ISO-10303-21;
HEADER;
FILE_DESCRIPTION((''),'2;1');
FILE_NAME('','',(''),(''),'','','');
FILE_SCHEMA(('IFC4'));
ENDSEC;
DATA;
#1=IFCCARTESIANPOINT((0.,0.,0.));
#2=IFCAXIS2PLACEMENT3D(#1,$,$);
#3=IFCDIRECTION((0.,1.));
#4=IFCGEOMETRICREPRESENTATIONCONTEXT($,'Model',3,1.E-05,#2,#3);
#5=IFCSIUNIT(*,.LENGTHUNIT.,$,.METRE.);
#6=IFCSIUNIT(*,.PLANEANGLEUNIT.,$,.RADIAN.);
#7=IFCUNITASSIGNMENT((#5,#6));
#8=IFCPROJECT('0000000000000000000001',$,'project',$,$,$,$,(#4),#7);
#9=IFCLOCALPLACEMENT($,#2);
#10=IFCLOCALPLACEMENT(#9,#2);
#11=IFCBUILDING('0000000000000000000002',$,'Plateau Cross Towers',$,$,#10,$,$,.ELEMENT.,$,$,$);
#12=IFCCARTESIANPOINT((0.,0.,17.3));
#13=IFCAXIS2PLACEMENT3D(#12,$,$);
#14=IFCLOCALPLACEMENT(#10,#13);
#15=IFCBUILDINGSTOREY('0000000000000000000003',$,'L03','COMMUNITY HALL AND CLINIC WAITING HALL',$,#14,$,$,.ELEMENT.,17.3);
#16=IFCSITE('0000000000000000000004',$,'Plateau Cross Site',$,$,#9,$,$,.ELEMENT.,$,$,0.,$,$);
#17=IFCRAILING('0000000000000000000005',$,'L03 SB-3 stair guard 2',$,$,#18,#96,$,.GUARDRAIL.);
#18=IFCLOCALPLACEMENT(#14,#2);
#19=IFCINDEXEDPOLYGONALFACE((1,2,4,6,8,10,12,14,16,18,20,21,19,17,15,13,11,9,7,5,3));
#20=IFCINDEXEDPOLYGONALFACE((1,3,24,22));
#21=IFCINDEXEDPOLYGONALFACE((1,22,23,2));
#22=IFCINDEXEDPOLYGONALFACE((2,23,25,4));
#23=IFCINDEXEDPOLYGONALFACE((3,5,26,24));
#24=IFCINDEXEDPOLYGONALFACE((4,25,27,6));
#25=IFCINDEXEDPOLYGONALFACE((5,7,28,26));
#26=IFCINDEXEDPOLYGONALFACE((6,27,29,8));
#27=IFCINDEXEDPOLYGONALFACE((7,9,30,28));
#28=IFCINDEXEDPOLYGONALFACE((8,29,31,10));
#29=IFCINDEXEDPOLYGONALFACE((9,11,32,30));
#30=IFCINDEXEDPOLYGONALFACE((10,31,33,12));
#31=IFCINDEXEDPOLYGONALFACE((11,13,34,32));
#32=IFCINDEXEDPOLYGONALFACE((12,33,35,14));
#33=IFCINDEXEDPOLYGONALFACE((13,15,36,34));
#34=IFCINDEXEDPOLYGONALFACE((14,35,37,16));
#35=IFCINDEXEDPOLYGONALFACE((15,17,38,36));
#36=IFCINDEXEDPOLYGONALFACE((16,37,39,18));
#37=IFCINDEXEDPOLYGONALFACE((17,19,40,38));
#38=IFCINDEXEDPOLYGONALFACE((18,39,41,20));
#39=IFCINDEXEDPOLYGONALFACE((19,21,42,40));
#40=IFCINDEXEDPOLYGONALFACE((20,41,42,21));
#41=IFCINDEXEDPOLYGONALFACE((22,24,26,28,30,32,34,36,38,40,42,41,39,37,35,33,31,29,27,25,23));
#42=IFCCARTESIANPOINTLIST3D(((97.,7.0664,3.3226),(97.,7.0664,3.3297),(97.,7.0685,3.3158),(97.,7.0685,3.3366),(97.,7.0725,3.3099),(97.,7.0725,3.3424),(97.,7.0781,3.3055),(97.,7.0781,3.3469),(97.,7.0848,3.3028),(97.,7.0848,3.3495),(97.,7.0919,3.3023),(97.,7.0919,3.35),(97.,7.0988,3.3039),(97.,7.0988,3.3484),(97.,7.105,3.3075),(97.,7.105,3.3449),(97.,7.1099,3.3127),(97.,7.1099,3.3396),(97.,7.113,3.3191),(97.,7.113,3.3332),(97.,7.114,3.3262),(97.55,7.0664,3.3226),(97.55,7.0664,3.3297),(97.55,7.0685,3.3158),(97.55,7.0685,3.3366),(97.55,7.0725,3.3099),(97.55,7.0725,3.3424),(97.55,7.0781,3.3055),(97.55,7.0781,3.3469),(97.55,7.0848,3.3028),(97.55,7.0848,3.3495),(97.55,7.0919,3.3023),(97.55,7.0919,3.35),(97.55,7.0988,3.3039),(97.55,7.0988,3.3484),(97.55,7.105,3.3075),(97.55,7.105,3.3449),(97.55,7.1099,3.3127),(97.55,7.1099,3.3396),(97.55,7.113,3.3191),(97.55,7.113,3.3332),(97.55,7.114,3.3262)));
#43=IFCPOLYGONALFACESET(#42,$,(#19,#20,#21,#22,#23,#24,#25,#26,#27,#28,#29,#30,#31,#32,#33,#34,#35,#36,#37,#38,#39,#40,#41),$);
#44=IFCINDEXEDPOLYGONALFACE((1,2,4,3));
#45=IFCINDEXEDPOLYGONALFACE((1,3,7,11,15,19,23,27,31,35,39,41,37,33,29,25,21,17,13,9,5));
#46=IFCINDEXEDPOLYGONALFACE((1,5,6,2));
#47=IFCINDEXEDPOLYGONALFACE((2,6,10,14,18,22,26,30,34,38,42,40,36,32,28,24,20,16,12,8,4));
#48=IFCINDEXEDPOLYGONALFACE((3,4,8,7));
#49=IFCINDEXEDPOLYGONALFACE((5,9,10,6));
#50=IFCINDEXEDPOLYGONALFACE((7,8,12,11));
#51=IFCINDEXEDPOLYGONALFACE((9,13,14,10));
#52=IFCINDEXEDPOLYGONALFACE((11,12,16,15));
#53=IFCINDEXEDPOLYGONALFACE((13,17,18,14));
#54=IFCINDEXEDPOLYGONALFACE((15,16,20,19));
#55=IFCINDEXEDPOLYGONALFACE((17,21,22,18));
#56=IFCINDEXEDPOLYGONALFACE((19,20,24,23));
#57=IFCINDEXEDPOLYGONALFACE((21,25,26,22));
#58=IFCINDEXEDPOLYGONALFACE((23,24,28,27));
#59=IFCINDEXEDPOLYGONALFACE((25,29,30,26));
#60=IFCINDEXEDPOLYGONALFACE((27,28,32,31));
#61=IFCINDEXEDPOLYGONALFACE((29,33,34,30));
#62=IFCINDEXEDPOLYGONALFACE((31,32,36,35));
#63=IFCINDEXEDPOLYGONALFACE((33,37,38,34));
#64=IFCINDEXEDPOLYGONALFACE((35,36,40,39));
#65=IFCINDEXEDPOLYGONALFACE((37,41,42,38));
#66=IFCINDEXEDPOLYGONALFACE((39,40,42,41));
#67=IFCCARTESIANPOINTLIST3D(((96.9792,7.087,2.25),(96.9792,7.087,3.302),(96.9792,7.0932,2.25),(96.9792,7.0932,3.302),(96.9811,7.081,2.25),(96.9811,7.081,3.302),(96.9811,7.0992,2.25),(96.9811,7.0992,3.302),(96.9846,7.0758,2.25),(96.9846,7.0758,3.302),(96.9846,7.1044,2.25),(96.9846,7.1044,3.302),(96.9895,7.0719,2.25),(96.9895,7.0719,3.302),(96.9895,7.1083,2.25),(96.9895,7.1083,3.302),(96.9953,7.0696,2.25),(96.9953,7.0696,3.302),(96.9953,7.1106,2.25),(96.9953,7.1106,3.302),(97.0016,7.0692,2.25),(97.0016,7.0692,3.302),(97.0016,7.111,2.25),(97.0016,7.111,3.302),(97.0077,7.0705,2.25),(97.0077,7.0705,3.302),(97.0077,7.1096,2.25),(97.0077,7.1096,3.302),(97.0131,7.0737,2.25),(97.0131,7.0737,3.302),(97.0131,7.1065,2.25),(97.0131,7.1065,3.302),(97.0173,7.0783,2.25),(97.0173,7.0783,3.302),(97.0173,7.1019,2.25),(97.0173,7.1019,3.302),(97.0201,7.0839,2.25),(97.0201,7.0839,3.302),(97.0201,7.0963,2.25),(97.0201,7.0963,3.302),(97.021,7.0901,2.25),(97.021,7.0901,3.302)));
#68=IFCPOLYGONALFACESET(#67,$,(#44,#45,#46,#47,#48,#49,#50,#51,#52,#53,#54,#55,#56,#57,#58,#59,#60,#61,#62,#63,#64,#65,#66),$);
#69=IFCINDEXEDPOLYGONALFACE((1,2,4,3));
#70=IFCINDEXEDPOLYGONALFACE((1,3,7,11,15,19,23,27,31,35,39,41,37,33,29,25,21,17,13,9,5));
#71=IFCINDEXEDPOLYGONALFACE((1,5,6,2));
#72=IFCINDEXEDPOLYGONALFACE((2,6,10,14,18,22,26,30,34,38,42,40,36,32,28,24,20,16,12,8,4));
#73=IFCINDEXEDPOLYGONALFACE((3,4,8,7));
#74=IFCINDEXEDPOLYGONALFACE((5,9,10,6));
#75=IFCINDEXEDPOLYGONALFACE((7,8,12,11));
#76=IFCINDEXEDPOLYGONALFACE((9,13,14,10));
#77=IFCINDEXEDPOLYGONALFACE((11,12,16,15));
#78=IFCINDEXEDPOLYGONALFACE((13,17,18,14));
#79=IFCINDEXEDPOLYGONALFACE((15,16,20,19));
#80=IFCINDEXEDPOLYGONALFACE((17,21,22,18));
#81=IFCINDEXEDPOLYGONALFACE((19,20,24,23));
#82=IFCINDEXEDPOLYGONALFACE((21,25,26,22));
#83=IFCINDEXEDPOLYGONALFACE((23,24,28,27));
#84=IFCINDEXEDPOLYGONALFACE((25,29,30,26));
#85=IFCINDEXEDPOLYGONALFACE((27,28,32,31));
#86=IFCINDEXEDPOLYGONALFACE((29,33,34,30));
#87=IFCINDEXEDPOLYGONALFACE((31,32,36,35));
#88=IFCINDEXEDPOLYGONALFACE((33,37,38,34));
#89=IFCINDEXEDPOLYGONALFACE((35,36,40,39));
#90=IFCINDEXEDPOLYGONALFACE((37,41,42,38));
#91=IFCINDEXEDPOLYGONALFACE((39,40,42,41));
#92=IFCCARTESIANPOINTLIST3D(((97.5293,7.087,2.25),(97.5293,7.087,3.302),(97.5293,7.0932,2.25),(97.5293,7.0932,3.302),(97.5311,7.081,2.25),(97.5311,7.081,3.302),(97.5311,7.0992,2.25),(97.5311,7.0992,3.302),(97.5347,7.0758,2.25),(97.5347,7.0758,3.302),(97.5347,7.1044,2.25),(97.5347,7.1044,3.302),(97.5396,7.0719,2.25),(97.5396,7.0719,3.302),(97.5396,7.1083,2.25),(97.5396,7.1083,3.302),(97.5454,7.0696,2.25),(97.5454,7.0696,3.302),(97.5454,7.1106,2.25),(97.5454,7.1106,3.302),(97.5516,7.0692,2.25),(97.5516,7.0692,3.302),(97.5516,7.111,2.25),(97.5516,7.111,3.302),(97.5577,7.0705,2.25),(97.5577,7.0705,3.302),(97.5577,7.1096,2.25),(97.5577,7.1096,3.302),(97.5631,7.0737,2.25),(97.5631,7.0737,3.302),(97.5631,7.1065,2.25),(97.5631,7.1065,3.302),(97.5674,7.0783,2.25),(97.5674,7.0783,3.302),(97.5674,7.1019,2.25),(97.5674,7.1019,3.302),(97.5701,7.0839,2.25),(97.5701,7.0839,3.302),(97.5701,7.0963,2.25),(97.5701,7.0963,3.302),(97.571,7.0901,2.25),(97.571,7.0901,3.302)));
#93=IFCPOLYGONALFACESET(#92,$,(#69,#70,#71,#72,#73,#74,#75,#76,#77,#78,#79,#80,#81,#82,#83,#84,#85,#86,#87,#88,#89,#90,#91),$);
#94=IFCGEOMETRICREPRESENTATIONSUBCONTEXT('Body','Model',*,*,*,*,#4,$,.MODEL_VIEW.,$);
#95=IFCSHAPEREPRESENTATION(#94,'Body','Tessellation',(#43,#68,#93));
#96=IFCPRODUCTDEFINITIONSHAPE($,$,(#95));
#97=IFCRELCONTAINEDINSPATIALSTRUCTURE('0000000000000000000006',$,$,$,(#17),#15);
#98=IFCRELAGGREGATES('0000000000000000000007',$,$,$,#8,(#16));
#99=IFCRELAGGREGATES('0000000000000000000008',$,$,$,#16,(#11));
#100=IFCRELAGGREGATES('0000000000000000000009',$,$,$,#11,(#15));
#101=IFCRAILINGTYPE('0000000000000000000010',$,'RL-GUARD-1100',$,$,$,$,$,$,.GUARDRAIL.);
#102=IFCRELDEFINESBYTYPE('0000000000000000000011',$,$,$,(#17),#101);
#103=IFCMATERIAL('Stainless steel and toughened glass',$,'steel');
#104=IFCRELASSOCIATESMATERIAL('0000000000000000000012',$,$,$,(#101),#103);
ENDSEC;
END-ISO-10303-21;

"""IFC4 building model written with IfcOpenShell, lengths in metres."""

from ifc_helpers import new_model, si_unit, direction, frame, origin, origin_2d, place, context, subcontext, project, spatial, circle, extrude, material, type_object, element, save


model = new_model("IFC4")

# Units and contexts
model_context = context("Model", 3, precision=1e-05, world=origin(), true_north=direction((0.0, 1.0)))
body_context = subcontext(model_context, "Body", "Model", "MODEL_VIEW")
ifc_project = project(units=[si_unit("LENGTHUNIT", "METRE"), si_unit("PLANEANGLEUNIT", "RADIAN")], contexts=[model_context])

# Site, building, storey
site_placement = place(None, origin())
site = spatial("IfcSite", under=ifc_project, at=site_placement, Name="Plateau Cross Site", CompositionType="ELEMENT", RefElevation=0.0)
building_placement = place(site_placement, origin())
building = spatial("IfcBuilding", under=site, at=building_placement, Name="Plateau Cross Towers", CompositionType="ELEMENT")
storey_placement = place(building_placement, frame((0.0, 0.0, 17.3)))
storey = spatial("IfcBuildingStorey", under=building, at=storey_placement, Name="L03", Description="COMMUNITY HALL AND CLINIC WAITING HALL", CompositionType="ELEMENT", Elevation=17.3)

# Railing
ifc_material_1 = material(Name="Stainless steel and toughened glass", Category="steel")
railing_type_1 = type_object("IfcRailingType", Name="RL-GUARD-1100", PredefinedType="GUARDRAIL", material=ifc_material_1)
railing_1_placement = place(storey_placement, frame((97.0, 7.0901, 2.25)))
element("IfcRailing", 1, at=railing_1_placement, inside=storey, type_object=railing_type_1, Name="L03 SB-3 stair guard 2", PredefinedType="GUARDRAIL", context=body_context, shape_type="SweptSolid", body=[
    extrude(circle(Radius=0.0239, at=origin_2d()), frame((0.0, 0.0, 1.0762), z_axis=(1.0, 0.0, 0.0), x_axis=(0.0, 1.0, 0.0)), (0.0, 0.0, 1.0), 0.55),
    extrude(circle(Radius=0.021, at=origin_2d()), origin(), (0.0, 0.0, 1.0), 1.052),
    extrude(circle(Radius=0.021, at=origin_2d()), frame((0.55, 0.0, 0.0)), (0.0, 0.0, 1.0), 1.052),
])

save(model, "model.ifc")
